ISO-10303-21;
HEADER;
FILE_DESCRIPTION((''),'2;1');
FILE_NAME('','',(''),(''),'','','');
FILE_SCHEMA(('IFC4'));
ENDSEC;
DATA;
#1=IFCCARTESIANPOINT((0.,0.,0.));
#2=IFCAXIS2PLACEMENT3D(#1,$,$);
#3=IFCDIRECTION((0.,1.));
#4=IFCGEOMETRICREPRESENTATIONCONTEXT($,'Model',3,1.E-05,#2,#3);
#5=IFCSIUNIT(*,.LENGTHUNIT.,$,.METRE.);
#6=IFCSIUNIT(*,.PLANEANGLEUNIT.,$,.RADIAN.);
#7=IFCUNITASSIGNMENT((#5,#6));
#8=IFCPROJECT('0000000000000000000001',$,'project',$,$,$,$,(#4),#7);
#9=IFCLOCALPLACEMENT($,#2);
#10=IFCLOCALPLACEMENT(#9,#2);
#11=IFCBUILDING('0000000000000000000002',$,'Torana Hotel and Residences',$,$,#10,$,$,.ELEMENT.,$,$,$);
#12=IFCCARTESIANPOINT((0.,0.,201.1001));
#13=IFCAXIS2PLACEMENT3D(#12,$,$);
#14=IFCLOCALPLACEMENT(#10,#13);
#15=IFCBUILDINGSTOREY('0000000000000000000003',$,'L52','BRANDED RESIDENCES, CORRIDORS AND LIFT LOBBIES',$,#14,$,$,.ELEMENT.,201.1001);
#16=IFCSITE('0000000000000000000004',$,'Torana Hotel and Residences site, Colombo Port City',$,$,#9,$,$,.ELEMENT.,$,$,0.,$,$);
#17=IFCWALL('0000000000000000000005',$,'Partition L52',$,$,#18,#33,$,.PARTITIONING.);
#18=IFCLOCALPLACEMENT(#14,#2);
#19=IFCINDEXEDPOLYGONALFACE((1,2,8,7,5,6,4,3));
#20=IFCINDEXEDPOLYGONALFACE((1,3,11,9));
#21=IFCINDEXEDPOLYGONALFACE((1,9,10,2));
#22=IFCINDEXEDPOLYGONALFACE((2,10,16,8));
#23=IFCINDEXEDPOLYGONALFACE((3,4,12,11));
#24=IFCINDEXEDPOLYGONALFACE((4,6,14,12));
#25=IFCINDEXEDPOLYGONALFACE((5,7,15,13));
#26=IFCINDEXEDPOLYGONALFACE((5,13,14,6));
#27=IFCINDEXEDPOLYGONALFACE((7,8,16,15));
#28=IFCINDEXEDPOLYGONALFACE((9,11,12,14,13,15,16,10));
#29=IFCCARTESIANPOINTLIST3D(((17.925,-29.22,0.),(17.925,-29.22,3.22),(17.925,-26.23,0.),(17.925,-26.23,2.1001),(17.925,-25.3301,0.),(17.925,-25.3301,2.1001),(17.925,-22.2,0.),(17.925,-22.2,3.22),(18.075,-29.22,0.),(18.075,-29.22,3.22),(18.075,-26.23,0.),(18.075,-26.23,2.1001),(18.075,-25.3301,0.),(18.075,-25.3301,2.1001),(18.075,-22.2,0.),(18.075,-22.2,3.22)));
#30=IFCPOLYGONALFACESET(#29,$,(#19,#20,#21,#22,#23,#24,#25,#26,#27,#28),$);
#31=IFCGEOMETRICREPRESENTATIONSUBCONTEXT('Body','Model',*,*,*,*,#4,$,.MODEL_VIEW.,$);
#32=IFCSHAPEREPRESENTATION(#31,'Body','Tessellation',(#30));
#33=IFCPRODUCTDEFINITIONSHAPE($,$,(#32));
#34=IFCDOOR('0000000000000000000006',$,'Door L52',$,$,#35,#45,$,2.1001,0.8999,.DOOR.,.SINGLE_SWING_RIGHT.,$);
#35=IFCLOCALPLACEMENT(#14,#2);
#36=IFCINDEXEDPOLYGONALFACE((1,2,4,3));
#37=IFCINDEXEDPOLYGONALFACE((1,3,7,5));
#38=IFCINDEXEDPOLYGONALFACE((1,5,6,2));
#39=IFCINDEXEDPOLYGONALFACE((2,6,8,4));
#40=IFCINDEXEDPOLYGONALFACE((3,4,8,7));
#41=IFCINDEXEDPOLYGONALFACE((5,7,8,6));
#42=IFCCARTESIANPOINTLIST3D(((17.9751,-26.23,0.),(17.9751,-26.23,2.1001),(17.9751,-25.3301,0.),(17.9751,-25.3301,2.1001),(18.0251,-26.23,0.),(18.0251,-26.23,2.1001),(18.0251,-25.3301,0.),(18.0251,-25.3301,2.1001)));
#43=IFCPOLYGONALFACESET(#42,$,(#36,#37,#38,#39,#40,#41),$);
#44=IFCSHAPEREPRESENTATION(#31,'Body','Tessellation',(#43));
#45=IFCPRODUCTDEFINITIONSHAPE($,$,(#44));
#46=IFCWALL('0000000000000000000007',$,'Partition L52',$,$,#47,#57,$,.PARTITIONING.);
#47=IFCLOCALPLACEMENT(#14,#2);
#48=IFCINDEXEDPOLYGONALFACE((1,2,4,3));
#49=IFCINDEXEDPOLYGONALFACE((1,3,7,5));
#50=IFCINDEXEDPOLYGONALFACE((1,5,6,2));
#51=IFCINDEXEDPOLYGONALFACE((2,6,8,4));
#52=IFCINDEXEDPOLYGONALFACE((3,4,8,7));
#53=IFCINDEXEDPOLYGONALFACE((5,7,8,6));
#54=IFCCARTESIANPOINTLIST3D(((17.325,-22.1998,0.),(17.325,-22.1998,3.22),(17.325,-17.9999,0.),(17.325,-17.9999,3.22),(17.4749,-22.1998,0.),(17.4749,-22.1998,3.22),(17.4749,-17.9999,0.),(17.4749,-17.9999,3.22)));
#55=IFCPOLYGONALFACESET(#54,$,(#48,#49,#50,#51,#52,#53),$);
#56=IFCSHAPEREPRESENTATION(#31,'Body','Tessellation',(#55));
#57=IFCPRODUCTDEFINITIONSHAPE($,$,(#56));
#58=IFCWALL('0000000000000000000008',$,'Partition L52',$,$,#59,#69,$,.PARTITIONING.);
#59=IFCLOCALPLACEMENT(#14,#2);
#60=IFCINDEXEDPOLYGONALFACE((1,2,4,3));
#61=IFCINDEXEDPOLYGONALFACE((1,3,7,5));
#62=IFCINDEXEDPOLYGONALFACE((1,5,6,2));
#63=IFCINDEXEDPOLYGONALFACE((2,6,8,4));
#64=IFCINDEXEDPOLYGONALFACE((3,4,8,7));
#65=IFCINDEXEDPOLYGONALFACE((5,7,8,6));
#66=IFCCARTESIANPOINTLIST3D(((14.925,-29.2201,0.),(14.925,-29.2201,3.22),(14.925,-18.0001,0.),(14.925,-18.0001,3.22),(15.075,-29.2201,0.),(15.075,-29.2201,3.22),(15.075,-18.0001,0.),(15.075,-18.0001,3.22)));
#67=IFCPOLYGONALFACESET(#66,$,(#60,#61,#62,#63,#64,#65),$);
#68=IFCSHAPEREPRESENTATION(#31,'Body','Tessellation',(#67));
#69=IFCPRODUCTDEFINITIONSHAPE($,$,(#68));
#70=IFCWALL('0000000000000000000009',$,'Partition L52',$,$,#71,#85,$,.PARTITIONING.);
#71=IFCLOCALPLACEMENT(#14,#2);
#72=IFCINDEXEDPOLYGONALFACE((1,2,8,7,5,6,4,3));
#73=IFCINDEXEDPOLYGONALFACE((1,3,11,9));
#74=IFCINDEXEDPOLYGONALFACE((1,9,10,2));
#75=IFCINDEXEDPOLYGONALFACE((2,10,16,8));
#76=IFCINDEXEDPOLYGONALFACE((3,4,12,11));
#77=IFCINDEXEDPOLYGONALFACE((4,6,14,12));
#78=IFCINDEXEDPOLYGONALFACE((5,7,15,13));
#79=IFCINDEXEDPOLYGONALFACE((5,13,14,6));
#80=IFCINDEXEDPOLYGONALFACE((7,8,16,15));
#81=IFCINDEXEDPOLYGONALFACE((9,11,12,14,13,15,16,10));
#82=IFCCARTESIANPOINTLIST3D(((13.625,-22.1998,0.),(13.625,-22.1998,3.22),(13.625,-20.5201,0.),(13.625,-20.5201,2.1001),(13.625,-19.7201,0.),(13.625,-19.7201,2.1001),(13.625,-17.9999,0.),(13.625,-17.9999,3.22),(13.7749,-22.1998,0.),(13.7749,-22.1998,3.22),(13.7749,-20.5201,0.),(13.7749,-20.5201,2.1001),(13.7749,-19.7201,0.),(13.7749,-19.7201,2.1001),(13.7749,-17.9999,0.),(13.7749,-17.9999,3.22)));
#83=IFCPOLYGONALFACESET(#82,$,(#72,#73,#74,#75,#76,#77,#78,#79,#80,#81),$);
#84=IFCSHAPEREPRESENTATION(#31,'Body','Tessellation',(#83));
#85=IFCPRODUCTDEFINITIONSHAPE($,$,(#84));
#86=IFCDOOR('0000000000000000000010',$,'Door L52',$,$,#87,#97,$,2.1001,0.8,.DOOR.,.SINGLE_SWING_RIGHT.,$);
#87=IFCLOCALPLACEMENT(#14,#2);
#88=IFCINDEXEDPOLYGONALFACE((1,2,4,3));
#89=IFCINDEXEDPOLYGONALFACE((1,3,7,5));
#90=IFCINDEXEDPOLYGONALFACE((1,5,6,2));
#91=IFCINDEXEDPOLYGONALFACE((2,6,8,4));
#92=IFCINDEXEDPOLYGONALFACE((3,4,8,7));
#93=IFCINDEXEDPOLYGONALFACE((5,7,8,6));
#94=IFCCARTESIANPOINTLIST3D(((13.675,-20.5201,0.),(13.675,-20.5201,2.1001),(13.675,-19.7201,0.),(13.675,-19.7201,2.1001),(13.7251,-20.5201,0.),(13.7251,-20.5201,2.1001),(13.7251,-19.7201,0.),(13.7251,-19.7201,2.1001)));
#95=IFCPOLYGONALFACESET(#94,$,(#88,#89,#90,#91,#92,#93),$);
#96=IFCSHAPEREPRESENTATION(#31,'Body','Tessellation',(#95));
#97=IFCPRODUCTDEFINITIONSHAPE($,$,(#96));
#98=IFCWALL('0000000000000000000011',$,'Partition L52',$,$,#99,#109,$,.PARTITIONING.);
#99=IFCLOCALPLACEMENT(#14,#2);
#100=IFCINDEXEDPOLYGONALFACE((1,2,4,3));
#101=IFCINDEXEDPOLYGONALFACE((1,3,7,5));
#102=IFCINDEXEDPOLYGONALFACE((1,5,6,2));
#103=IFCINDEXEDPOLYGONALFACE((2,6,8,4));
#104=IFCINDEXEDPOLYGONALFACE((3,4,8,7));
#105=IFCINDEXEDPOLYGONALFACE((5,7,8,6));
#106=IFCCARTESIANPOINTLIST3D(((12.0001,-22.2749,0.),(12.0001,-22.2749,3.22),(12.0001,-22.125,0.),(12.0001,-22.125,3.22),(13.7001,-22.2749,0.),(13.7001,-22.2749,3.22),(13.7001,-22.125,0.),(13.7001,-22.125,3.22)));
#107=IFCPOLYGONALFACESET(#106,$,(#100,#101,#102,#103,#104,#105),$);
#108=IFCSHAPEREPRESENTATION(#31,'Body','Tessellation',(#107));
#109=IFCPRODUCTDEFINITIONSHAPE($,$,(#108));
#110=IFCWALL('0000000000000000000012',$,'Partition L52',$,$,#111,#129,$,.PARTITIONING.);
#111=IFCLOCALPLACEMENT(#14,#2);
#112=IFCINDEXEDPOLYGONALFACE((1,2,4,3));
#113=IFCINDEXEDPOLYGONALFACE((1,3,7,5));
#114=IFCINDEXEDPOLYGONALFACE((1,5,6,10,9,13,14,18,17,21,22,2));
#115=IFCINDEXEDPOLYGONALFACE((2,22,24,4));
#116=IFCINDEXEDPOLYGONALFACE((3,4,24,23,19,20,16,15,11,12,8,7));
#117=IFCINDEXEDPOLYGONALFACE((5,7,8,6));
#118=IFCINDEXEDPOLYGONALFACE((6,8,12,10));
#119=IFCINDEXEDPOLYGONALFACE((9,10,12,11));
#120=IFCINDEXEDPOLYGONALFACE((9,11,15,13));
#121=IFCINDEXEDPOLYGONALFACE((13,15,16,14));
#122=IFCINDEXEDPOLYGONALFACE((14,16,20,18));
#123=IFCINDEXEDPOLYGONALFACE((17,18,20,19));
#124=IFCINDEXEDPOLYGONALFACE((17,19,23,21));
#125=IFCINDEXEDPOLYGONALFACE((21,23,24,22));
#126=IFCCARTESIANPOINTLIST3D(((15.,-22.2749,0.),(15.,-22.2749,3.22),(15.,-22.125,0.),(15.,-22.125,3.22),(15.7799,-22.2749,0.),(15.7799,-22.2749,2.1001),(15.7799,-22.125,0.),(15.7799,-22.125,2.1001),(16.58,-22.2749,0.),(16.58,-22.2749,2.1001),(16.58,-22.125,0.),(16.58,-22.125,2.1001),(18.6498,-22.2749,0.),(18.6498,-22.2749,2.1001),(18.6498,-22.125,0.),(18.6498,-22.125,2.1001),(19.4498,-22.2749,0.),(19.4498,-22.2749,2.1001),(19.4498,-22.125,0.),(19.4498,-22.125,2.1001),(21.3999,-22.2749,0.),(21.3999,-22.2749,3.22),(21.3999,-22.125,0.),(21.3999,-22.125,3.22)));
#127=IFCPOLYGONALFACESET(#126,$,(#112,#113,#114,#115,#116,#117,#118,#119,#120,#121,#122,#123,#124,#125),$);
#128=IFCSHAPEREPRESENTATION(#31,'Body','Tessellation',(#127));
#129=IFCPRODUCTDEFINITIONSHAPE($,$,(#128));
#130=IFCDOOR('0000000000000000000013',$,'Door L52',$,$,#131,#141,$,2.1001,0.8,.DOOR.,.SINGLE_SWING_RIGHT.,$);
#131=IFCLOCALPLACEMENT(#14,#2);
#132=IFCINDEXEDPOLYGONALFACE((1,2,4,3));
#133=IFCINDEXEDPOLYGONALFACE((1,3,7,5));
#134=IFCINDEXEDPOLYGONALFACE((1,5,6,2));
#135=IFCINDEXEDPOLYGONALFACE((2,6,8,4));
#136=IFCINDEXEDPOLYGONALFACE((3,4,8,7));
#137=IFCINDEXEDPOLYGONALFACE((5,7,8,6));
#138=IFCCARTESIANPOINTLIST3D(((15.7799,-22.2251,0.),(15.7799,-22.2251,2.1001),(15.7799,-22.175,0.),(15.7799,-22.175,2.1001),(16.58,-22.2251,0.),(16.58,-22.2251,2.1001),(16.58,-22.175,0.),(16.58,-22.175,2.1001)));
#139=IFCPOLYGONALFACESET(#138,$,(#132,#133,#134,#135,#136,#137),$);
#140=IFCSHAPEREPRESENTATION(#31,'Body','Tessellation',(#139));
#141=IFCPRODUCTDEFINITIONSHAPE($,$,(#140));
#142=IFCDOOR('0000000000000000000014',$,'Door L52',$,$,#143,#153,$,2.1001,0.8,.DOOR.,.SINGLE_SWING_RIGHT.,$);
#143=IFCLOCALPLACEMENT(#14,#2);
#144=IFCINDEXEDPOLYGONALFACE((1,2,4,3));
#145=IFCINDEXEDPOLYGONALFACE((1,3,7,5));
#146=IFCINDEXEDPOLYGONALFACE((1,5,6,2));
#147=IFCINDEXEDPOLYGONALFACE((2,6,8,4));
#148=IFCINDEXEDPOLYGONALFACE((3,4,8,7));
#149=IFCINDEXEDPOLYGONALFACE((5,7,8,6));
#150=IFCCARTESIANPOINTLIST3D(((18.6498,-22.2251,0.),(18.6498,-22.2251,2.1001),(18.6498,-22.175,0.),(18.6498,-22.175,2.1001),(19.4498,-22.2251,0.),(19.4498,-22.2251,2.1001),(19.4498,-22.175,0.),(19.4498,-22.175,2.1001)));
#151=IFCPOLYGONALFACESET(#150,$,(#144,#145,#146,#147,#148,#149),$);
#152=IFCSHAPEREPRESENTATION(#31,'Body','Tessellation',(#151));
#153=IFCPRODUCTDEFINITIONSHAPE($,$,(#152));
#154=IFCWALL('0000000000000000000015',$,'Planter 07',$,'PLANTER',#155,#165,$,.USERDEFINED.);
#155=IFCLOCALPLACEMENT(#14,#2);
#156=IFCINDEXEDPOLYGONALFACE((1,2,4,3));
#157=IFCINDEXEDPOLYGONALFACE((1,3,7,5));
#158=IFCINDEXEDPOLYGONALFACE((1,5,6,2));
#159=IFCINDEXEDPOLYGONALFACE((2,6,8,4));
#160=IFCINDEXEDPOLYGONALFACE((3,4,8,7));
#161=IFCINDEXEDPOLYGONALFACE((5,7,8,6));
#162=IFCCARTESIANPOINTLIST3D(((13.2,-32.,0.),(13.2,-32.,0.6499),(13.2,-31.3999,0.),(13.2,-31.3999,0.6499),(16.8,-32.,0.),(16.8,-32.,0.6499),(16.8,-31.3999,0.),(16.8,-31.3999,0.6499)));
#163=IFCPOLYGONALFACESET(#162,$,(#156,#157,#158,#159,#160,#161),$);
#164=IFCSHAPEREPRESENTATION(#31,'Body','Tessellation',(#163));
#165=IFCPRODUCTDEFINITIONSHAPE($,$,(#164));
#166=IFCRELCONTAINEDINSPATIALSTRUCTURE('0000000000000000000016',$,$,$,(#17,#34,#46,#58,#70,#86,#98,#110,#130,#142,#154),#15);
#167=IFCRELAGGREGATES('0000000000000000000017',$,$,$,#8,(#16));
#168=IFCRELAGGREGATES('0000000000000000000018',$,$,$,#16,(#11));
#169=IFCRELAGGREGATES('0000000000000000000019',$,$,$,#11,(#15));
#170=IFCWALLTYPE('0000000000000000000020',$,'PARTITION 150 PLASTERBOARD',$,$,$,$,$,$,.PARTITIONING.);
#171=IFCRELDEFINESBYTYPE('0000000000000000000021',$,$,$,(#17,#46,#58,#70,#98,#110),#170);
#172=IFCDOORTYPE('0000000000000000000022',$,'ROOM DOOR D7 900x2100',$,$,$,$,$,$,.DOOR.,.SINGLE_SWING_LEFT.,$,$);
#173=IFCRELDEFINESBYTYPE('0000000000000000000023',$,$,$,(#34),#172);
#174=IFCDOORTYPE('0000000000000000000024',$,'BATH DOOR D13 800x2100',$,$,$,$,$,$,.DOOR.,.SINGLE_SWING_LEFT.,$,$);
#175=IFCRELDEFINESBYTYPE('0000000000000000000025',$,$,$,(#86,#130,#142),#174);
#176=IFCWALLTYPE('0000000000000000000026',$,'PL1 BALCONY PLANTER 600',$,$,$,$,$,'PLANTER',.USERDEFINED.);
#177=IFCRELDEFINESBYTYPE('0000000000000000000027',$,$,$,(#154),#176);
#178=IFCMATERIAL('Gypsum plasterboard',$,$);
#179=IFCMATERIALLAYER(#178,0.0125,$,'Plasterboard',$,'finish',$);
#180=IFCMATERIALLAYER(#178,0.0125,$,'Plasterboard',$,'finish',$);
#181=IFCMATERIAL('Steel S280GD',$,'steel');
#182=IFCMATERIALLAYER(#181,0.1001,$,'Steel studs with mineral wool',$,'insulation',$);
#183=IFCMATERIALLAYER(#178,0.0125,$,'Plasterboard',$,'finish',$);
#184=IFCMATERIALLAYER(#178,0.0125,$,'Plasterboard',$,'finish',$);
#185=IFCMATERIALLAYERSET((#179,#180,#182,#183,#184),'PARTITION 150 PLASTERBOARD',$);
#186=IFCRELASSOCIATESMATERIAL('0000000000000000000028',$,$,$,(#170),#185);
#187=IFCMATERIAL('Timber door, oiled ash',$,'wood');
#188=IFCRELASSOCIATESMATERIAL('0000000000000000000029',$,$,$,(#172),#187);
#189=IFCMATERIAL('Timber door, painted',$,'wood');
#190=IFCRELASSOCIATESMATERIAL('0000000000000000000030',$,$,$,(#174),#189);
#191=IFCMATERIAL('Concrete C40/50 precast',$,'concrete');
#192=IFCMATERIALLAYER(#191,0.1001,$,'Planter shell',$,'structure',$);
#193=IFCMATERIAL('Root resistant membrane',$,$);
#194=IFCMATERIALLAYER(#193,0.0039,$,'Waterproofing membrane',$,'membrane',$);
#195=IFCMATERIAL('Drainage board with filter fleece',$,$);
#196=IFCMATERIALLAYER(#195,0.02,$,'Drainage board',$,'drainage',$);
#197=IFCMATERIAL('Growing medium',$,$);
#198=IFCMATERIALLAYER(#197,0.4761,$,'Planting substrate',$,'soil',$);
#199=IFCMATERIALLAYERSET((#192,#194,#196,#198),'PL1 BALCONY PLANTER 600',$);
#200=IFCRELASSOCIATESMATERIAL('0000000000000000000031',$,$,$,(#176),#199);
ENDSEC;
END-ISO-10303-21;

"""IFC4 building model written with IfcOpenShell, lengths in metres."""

from ifc_helpers import new_model, si_unit, direction, frame, frame_2d, origin, place, context, subcontext, project, spatial, rectangle, extrude, material, layer, layer_set, type_object, element, fill, save


model = new_model("IFC4")

# Units and contexts
model_context = context("Model", 3, precision=1e-05, world=origin(), true_north=direction((0.0, 1.0)))
body_context = subcontext(model_context, "Body", "Model", "MODEL_VIEW")
ifc_project = project(units=[si_unit("LENGTHUNIT", "METRE"), si_unit("PLANEANGLEUNIT", "RADIAN")], contexts=[model_context])

# Site, building, storey
site_placement = place(None, origin())
site = spatial("IfcSite", under=ifc_project, at=site_placement, Name="Torana Hotel and Residences site, Colombo Port City", CompositionType="ELEMENT", RefElevation=0.0)
building_placement = place(site_placement, origin())
building = spatial("IfcBuilding", under=site, at=building_placement, Name="Torana Hotel and Residences", CompositionType="ELEMENT")
storey_placement = place(building_placement, frame((0.0, 0.0, 201.1001)))
storey = spatial("IfcBuildingStorey", under=building, at=storey_placement, Name="L52", Description="BRANDED RESIDENCES, CORRIDORS AND LIFT LOBBIES", CompositionType="ELEMENT", Elevation=201.1001)

# Wall, opening, door
ifc_material_1 = material(Name="Gypsum plasterboard")
ifc_layer_1 = layer(ifc_material_1, 0.0125, Name="Plasterboard", Category="finish")
ifc_layer_2 = layer(ifc_material_1, 0.0125, Name="Plasterboard", Category="finish")
ifc_material_2 = material(Name="Steel S280GD", Category="steel")
ifc_layer_3 = layer(ifc_material_2, 0.1001, Name="Steel studs with mineral wool", Category="insulation")
ifc_layer_4 = layer(ifc_material_1, 0.0125, Name="Plasterboard", Category="finish")
ifc_layer_5 = layer(ifc_material_1, 0.0125, Name="Plasterboard", Category="finish")
ifc_layer_set_1 = layer_set([ifc_layer_1, ifc_layer_2, ifc_layer_3, ifc_layer_4, ifc_layer_5], Name="PARTITION 150 PLASTERBOARD")
wall_type_1 = type_object("IfcWallType", Name="PARTITION 150 PLASTERBOARD", PredefinedType="PARTITIONING", material=ifc_layer_set_1)
wall_1_placement = place(storey_placement, frame((18.0, -29.22, 0.0), z_axis=(0.0, 0.0, 1.0), x_axis=(0.0, 1.0, 0.0)))
wall_1 = element("IfcWall", 1, at=wall_1_placement, inside=storey, type_object=wall_type_1, Name="Partition L52", PredefinedType="PARTITIONING", context=body_context, shape_type="SweptSolid", body=[
    extrude(rectangle(XDim=7.02, YDim=0.1499, at=frame_2d((3.51, 0.0))), origin(), (0.0, 0.0, 1.0), 3.22),
])
opening_1_placement = place(wall_1_placement, frame((2.99, 0.0, 0.0)))
opening_1 = element("IfcOpeningElement", 2, at=opening_1_placement, cuts=wall_1, PredefinedType="OPENING", context=body_context, shape_type="SweptSolid", body=[
    extrude(rectangle(XDim=0.8999, YDim=2.1001, at=frame_2d((0.45, 1.05))), frame((0.0, 0.085, 0.0), z_axis=(0.0, -1.0, 0.0), x_axis=(1.0, 0.0, 0.0)), (0.0, 0.0, 1.0), 0.1699),
])
ifc_material_3 = material(Name="Timber door, oiled ash", Category="wood")
door_type_1 = type_object("IfcDoorType", Name="ROOM DOOR D7 900x2100", OperationType="SINGLE_SWING_LEFT", PredefinedType="DOOR", material=ifc_material_3)
door_1_placement = place(opening_1_placement, origin())
door_1 = element("IfcDoor", 3, at=door_1_placement, inside=storey, type_object=door_type_1, Name="Door L52", OperationType="SINGLE_SWING_RIGHT", OverallHeight=2.1001, OverallWidth=0.8999, PredefinedType="DOOR", context=body_context, shape_type="SweptSolid", body=[
    extrude(rectangle(XDim=0.8999, YDim=2.1001, at=frame_2d((0.45, 1.05))), frame((0.0, 0.0249, 0.0), z_axis=(0.0, -1.0, 0.0), x_axis=(1.0, 0.0, 0.0)), (0.0, 0.0, 1.0), 0.05),
])
fill(opening_1, door_1)

# Walls
wall_2_placement = place(storey_placement, frame((17.3999, -22.2, 0.0), z_axis=(0.0, 0.0, 1.0), x_axis=(0.0, 1.0, 0.0)))
element("IfcWall", 4, at=wall_2_placement, inside=storey, type_object=wall_type_1, Name="Partition L52", PredefinedType="PARTITIONING", context=body_context, shape_type="SweptSolid", body=[
    extrude(rectangle(XDim=4.2, YDim=0.1499, at=frame_2d((2.1001, 0.0))), origin(), (0.0, 0.0, 1.0), 3.22),
])
wall_3_placement = place(storey_placement, frame((15.0, -29.22, 0.0), z_axis=(0.0, 0.0, 1.0), x_axis=(0.0, 1.0, 0.0)))
element("IfcWall", 5, at=wall_3_placement, inside=storey, type_object=wall_type_1, Name="Partition L52", PredefinedType="PARTITIONING", context=body_context, shape_type="SweptSolid", body=[
    extrude(rectangle(XDim=11.22, YDim=0.1499, at=frame_2d((5.6099, 0.0))), origin(), (0.0, 0.0, 1.0), 3.22),
])

# Wall, opening, door
wall_4_placement = place(storey_placement, frame((13.7, -22.2, 0.0), z_axis=(0.0, 0.0, 1.0), x_axis=(0.0, 1.0, 0.0)))
wall_4 = element("IfcWall", 6, at=wall_4_placement, inside=storey, type_object=wall_type_1, Name="Partition L52", PredefinedType="PARTITIONING", context=body_context, shape_type="SweptSolid", body=[
    extrude(rectangle(XDim=4.2, YDim=0.1499, at=frame_2d((2.1001, 0.0))), origin(), (0.0, 0.0, 1.0), 3.22),
])
opening_2_placement = place(wall_4_placement, frame((1.6799, 0.0, 0.0)))
opening_2 = element("IfcOpeningElement", 7, at=opening_2_placement, cuts=wall_4, PredefinedType="OPENING", context=body_context, shape_type="SweptSolid", body=[
    extrude(rectangle(XDim=0.8, YDim=2.1001, at=frame_2d((0.3999, 1.05))), frame((0.0, 0.085, 0.0), z_axis=(0.0, -1.0, 0.0), x_axis=(1.0, 0.0, 0.0)), (0.0, 0.0, 1.0), 0.1699),
])
ifc_material_4 = material(Name="Timber door, painted", Category="wood")
door_type_2 = type_object("IfcDoorType", Name="BATH DOOR D13 800x2100", OperationType="SINGLE_SWING_LEFT", PredefinedType="DOOR", material=ifc_material_4)
door_2_placement = place(opening_2_placement, origin())
door_2 = element("IfcDoor", 8, at=door_2_placement, inside=storey, type_object=door_type_2, Name="Door L52", OperationType="SINGLE_SWING_RIGHT", OverallHeight=2.1001, OverallWidth=0.8, PredefinedType="DOOR", context=body_context, shape_type="SweptSolid", body=[
    extrude(rectangle(XDim=0.8, YDim=2.1001, at=frame_2d((0.3999, 1.05))), frame((0.0, 0.0249, 0.0), z_axis=(0.0, -1.0, 0.0), x_axis=(1.0, 0.0, 0.0)), (0.0, 0.0, 1.0), 0.05),
])
fill(opening_2, door_2)

# Wall
wall_5_placement = place(storey_placement, frame((12.0, -22.2, 0.0), z_axis=(0.0, 0.0, 1.0), x_axis=(1.0, 0.0, 0.0)))
element("IfcWall", 9, at=wall_5_placement, inside=storey, type_object=wall_type_1, Name="Partition L52", PredefinedType="PARTITIONING", context=body_context, shape_type="SweptSolid", body=[
    extrude(rectangle(XDim=1.7, YDim=0.1499, at=frame_2d((0.8501, 0.0))), origin(), (0.0, 0.0, 1.0), 3.22),
])

# Wall, openings, doors
wall_6_placement = place(storey_placement, frame((15.0, -22.2, 0.0), z_axis=(0.0, 0.0, 1.0), x_axis=(1.0, 0.0, 0.0)))
wall_6 = element("IfcWall", 10, at=wall_6_placement, inside=storey, type_object=wall_type_1, Name="Partition L52", PredefinedType="PARTITIONING", context=body_context, shape_type="SweptSolid", body=[
    extrude(rectangle(XDim=6.3999, YDim=0.1499, at=frame_2d((3.2, 0.0))), origin(), (0.0, 0.0, 1.0), 3.22),
])
opening_3_placement = place(wall_6_placement, frame((0.78, 0.0, 0.0)))
opening_3 = element("IfcOpeningElement", 11, at=opening_3_placement, cuts=wall_6, PredefinedType="OPENING", context=body_context, shape_type="SweptSolid", body=[
    extrude(rectangle(XDim=0.8, YDim=2.1001, at=frame_2d((0.3999, 1.05))), frame((0.0, 0.085, 0.0), z_axis=(0.0, -1.0, 0.0), x_axis=(1.0, 0.0, 0.0)), (0.0, 0.0, 1.0), 0.1699),
])
opening_4_placement = place(wall_6_placement, frame((3.6499, 0.0, 0.0)))
opening_4 = element("IfcOpeningElement", 12, at=opening_4_placement, cuts=wall_6, PredefinedType="OPENING", context=body_context, shape_type="SweptSolid", body=[
    extrude(rectangle(XDim=0.8, YDim=2.1001, at=frame_2d((0.3999, 1.05))), frame((0.0, 0.085, 0.0), z_axis=(0.0, -1.0, 0.0), x_axis=(1.0, 0.0, 0.0)), (0.0, 0.0, 1.0), 0.1699),
])
door_3_placement = place(opening_3_placement, origin())
door_3 = element("IfcDoor", 13, at=door_3_placement, inside=storey, type_object=door_type_2, Name="Door L52", OperationType="SINGLE_SWING_RIGHT", OverallHeight=2.1001, OverallWidth=0.8, PredefinedType="DOOR", context=body_context, shape_type="SweptSolid", body=[
    extrude(rectangle(XDim=0.8, YDim=2.1001, at=frame_2d((0.3999, 1.05))), frame((0.0, 0.0249, 0.0), z_axis=(0.0, -1.0, 0.0), x_axis=(1.0, 0.0, 0.0)), (0.0, 0.0, 1.0), 0.05),
])
fill(opening_3, door_3)
door_4_placement = place(opening_4_placement, origin())
door_4 = element("IfcDoor", 14, at=door_4_placement, inside=storey, type_object=door_type_2, Name="Door L52", OperationType="SINGLE_SWING_RIGHT", OverallHeight=2.1001, OverallWidth=0.8, PredefinedType="DOOR", context=body_context, shape_type="SweptSolid", body=[
    extrude(rectangle(XDim=0.8, YDim=2.1001, at=frame_2d((0.3999, 1.05))), frame((0.0, 0.0249, 0.0), z_axis=(0.0, -1.0, 0.0), x_axis=(1.0, 0.0, 0.0)), (0.0, 0.0, 1.0), 0.05),
])
fill(opening_4, door_4)

# Wall
ifc_material_5 = material(Name="Concrete C40/50 precast", Category="concrete")
ifc_layer_6 = layer(ifc_material_5, 0.1001, Name="Planter shell", Category="structure")
ifc_material_6 = material(Name="Root resistant membrane")
ifc_layer_7 = layer(ifc_material_6, 0.0039, Name="Waterproofing membrane", Category="membrane")
ifc_material_7 = material(Name="Drainage board with filter fleece")
ifc_layer_8 = layer(ifc_material_7, 0.02, Name="Drainage board", Category="drainage")
ifc_material_8 = material(Name="Growing medium")
ifc_layer_9 = layer(ifc_material_8, 0.4761, Name="Planting substrate", Category="soil")
ifc_layer_set_2 = layer_set([ifc_layer_6, ifc_layer_7, ifc_layer_8, ifc_layer_9], Name="PL1 BALCONY PLANTER 600")
wall_type_2 = type_object("IfcWallType", Name="PL1 BALCONY PLANTER 600", ElementType="PLANTER", PredefinedType="USERDEFINED", material=ifc_layer_set_2)
wall_7_placement = place(storey_placement, frame((16.8, -31.7, 0.0), z_axis=(0.0, 0.0, 1.0), x_axis=(-1.0, 0.0, 0.0)))
element("IfcWall", 15, at=wall_7_placement, inside=storey, type_object=wall_type_2, Name="Planter 07", ObjectType="PLANTER", PredefinedType="USERDEFINED", context=body_context, shape_type="SweptSolid", body=[
    extrude(rectangle(XDim=3.6001, YDim=0.6001, at=frame_2d((1.8, 0.0))), origin(), (0.0, 0.0, 1.0), 0.6499),
])

save(model, "model.ifc")
